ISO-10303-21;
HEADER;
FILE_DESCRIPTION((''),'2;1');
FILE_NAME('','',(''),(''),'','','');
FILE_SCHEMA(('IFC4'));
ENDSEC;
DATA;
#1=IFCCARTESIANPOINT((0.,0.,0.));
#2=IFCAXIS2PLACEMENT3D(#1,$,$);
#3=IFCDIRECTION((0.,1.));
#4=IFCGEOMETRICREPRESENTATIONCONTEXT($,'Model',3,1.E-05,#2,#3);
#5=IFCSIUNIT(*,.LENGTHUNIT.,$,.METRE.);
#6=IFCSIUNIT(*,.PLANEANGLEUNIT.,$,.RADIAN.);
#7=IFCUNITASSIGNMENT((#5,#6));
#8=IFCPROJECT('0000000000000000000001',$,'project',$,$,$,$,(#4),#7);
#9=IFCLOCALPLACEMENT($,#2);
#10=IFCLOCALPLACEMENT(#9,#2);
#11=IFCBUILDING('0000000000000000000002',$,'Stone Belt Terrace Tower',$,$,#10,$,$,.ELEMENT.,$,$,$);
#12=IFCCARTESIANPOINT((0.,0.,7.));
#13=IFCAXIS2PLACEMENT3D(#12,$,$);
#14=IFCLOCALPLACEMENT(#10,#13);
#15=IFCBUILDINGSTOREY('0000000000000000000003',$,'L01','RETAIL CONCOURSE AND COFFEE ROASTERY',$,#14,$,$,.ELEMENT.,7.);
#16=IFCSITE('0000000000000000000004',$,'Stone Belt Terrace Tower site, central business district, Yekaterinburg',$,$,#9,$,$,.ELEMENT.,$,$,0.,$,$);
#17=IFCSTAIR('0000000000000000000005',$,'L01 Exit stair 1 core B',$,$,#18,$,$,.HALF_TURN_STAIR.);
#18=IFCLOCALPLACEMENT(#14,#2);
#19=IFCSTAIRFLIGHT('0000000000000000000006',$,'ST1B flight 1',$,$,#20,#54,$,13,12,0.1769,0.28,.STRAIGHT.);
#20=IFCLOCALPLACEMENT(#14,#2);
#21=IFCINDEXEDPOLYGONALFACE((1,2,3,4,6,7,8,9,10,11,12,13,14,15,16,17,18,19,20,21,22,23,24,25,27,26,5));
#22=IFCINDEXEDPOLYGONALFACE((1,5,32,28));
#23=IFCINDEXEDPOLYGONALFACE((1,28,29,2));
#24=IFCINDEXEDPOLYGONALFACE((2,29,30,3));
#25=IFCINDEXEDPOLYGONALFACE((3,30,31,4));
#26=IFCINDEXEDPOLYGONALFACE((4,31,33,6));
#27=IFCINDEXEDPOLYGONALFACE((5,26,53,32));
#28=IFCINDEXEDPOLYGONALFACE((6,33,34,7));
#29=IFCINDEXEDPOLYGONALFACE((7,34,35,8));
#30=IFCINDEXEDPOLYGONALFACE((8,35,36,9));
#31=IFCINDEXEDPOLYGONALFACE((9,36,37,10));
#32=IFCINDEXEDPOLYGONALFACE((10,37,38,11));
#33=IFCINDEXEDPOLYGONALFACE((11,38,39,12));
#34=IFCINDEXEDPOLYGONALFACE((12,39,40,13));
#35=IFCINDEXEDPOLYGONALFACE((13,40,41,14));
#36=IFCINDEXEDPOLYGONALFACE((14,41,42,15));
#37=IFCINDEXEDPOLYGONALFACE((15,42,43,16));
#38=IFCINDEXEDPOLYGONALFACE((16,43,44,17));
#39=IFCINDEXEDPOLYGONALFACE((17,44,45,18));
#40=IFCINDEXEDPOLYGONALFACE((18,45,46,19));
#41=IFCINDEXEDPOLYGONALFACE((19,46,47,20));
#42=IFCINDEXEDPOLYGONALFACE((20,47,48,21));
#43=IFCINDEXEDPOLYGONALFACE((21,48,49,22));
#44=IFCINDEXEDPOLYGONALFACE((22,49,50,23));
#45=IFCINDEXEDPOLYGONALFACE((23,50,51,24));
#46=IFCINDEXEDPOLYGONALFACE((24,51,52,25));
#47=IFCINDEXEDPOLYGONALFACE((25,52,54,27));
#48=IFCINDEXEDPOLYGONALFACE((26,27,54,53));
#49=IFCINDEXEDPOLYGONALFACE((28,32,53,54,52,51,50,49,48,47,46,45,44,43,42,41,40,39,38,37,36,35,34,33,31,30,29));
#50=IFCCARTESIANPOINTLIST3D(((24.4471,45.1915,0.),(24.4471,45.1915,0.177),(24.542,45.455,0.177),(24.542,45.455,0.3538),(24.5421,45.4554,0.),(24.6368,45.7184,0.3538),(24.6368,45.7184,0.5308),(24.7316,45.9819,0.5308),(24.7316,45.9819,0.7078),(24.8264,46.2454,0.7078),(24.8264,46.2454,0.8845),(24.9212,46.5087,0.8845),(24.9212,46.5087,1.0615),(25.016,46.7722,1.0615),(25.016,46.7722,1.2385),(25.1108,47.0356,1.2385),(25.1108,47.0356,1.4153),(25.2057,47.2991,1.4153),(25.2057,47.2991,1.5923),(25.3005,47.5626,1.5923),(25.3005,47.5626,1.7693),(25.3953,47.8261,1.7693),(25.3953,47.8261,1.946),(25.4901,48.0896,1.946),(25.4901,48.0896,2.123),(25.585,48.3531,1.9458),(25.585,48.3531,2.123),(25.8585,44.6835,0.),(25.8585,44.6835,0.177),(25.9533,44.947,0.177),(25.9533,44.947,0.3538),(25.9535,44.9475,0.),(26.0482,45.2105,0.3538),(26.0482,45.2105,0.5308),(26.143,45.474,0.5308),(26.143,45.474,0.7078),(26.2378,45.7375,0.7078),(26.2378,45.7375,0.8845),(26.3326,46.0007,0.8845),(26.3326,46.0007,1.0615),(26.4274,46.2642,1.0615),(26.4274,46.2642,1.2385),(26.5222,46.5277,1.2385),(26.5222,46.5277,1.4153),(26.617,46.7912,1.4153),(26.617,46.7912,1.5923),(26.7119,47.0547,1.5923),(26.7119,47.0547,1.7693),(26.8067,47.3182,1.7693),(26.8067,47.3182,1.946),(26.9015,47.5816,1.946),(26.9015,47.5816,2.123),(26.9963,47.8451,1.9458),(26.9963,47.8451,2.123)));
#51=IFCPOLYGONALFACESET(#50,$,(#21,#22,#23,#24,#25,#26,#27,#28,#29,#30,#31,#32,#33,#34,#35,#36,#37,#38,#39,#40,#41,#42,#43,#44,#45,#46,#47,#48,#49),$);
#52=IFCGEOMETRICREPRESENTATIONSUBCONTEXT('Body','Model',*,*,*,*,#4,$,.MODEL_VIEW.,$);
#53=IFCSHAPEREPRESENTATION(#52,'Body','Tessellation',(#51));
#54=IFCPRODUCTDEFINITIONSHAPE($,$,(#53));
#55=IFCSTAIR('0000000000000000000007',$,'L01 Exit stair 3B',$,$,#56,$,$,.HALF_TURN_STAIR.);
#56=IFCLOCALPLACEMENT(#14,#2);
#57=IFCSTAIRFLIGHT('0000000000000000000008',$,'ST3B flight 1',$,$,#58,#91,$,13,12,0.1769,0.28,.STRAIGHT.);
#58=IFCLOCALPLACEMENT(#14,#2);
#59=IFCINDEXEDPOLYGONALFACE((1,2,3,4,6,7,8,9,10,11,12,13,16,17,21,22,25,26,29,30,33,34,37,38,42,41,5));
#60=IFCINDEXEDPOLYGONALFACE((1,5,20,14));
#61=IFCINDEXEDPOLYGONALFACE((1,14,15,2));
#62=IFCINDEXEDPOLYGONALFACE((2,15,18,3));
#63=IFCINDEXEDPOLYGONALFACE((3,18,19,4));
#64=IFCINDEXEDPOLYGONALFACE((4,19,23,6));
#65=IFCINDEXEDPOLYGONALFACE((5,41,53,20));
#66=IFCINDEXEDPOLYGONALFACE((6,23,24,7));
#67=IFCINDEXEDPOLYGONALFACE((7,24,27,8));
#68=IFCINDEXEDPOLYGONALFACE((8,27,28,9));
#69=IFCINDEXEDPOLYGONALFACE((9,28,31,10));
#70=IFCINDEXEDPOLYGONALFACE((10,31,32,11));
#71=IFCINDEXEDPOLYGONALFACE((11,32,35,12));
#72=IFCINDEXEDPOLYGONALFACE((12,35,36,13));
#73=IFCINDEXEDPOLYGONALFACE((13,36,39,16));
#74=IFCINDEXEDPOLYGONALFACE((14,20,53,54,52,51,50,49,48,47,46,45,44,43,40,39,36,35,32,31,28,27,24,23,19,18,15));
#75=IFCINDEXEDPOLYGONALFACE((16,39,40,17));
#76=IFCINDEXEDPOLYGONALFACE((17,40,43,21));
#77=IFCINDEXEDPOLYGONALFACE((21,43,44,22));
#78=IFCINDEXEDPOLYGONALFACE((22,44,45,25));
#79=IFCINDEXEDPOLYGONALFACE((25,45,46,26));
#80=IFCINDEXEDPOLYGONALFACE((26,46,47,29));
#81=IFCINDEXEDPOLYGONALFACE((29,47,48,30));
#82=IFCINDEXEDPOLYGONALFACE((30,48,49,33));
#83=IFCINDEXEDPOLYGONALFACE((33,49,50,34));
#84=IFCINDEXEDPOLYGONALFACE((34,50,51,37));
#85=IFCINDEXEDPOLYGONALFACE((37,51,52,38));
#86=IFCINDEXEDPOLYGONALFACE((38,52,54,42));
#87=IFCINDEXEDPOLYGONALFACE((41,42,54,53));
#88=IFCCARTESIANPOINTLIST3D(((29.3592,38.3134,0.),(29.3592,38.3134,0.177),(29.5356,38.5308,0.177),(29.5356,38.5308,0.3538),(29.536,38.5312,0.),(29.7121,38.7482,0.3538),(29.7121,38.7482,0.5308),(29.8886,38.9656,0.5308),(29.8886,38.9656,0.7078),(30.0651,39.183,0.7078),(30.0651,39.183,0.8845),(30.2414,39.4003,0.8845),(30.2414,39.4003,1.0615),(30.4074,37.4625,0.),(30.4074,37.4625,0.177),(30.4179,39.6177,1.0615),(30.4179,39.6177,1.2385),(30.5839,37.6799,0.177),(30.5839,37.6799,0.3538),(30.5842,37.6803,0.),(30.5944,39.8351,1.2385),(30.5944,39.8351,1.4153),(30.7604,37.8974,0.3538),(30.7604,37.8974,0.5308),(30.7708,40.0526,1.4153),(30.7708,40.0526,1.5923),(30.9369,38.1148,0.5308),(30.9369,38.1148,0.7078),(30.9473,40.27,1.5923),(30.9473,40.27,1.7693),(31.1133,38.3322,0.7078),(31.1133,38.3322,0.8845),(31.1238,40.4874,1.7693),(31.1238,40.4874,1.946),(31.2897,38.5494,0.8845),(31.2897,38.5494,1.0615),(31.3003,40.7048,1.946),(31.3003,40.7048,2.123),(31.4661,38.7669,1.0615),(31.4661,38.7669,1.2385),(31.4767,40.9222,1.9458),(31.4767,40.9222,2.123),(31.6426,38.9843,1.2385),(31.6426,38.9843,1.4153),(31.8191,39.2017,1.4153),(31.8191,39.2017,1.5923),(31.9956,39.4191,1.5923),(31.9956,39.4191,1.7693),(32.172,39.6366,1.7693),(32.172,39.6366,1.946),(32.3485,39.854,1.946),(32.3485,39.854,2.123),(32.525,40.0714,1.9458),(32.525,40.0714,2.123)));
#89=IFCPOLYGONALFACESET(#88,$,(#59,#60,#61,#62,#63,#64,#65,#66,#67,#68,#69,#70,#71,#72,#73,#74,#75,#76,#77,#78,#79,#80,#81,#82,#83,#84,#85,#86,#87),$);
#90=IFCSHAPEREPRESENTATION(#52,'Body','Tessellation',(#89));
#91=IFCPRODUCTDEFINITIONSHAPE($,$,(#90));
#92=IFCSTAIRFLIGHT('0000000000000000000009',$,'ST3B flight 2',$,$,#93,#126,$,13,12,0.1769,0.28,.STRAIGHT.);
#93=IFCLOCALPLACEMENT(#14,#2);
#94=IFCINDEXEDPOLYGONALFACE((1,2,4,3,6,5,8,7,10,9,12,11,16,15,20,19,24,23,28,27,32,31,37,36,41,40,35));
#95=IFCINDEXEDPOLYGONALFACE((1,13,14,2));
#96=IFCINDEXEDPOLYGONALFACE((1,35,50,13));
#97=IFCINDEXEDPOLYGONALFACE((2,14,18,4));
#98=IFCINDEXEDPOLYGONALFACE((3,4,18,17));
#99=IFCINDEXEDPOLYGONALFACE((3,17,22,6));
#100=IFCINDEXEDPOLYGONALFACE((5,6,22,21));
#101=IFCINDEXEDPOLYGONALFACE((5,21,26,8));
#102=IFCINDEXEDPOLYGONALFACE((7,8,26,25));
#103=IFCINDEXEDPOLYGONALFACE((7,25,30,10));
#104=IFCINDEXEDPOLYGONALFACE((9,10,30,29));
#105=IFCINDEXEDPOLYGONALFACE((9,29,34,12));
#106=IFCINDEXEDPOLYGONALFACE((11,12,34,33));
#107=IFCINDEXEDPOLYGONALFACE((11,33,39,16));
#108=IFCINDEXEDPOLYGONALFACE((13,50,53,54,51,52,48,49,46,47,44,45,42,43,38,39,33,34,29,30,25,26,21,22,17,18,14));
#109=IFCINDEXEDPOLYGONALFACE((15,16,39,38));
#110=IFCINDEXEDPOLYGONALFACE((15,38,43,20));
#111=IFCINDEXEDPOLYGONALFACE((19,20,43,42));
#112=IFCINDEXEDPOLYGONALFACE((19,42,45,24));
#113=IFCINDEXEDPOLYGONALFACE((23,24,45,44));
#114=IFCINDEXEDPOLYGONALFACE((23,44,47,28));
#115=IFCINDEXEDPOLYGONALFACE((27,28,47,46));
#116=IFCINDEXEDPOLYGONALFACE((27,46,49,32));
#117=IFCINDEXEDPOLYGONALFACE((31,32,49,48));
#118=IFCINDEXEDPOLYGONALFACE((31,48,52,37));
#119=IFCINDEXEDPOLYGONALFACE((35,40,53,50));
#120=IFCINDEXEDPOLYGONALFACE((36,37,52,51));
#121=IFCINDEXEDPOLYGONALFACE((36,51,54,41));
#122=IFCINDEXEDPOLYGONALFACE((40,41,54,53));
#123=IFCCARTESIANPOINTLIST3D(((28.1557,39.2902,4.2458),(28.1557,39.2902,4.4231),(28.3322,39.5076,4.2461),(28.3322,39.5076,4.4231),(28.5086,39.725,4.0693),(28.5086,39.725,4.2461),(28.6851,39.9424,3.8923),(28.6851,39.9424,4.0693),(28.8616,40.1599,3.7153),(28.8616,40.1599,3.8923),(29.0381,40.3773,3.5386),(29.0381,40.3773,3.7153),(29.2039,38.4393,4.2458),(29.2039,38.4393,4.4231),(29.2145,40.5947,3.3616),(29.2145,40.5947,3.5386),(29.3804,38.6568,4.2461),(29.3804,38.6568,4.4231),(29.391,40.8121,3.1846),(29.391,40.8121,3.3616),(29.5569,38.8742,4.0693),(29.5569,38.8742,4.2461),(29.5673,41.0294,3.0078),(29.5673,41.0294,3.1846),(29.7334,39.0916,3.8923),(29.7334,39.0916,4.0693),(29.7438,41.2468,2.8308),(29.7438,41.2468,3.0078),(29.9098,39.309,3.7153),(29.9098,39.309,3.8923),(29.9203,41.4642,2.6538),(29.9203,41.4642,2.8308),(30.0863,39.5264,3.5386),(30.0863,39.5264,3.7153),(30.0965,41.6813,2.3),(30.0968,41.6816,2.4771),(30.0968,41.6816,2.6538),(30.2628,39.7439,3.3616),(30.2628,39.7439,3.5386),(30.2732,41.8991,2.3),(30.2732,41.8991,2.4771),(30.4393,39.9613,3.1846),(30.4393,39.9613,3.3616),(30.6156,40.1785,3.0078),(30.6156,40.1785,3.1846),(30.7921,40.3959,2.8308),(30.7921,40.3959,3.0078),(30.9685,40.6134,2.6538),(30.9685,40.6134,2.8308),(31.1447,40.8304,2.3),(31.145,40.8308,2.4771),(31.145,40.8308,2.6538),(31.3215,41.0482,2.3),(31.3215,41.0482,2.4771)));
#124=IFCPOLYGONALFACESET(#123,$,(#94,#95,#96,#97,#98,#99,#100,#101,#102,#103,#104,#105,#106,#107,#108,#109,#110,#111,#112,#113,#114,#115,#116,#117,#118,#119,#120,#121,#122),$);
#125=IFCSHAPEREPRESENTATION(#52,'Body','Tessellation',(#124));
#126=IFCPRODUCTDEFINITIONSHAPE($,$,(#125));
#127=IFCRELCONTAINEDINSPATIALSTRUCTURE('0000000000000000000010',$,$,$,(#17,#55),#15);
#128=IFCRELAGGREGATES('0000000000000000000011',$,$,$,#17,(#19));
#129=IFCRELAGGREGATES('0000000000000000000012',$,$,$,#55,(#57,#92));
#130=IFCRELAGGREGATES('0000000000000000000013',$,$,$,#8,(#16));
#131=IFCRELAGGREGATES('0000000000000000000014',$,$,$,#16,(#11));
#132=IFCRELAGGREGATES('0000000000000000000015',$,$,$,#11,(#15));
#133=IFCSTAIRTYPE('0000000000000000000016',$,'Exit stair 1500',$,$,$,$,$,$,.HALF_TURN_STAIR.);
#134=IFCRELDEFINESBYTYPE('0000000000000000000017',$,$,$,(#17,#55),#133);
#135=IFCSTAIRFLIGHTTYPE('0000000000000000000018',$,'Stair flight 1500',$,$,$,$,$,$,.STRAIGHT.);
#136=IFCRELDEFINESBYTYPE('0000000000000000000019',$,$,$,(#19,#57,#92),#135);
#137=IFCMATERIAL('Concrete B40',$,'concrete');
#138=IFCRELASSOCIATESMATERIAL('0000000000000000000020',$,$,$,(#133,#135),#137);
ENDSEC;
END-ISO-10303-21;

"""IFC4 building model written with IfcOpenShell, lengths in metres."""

from ifc_helpers import new_model, si_unit, direction, frame, origin, place, context, subcontext, project, spatial, polyline, outline, extrude, material, type_object, element, aggregate, save


model = new_model("IFC4")

# Units and contexts
model_context = context("Model", 3, precision=1e-05, world=origin(), true_north=direction((0.0, 1.0)))
body_context = subcontext(model_context, "Body", "Model", "MODEL_VIEW")
ifc_project = project(units=[si_unit("LENGTHUNIT", "METRE"), si_unit("PLANEANGLEUNIT", "RADIAN")], contexts=[model_context])

# Site, building, storey
site_placement = place(None, origin())
site = spatial("IfcSite", under=ifc_project, at=site_placement, Name="Stone Belt Terrace Tower site, central business district, Yekaterinburg", CompositionType="ELEMENT", RefElevation=0.0)
building_placement = place(site_placement, origin())
building = spatial("IfcBuilding", under=site, at=building_placement, Name="Stone Belt Terrace Tower", CompositionType="ELEMENT")
storey_placement = place(building_placement, frame((0.0, 0.0, 7.0)))
storey = spatial("IfcBuildingStorey", under=building, at=storey_placement, Name="L01", Description="RETAIL CONCOURSE AND COFFEE ROASTERY", CompositionType="ELEMENT", Elevation=7.0)

# Stair, stair flight
ifc_material_1 = material(Name="Concrete B40", Category="concrete")
stair_type = type_object("IfcStairType", Name="Exit stair 1500", PredefinedType="HALF_TURN_STAIR", material=ifc_material_1)
stair_1_placement = place(storey_placement, origin())
stair_1 = element("IfcStair", 1, at=stair_1_placement, inside=storey, type_object=stair_type, Name="L01 Exit stair 1 core B", PredefinedType="HALF_TURN_STAIR")
stair_flight_type = type_object("IfcStairFlightType", Name="Stair flight 1500", PredefinedType="STRAIGHT", material=ifc_material_1)
stair_flight_1_placement = place(storey_placement, frame((25.1528, 44.9375, 0.0), z_axis=(0.0, 0.0, 1.0), x_axis=(0.338624, 0.940922, 0.0)))
stair_flight_1 = element("IfcStairFlight", 2, at=stair_flight_1_placement, type_object=stair_flight_type, Name="ST1B flight 1", NumberOfRisers=13, NumberOfTreads=12, PredefinedType="STRAIGHT", RiserHeight=0.1769, TreadLength=0.28, context=body_context, shape_type="SweptSolid", body=[
    extrude(outline(polyline([(0.0, 0.0), (0.0, 0.177), (0.28, 0.177), (0.28, 0.3538), (0.5601, 0.3538), (0.5601, 0.5308), (0.8401, 0.5308), (0.8401, 0.7078), (1.1201, 0.7078), (1.1201, 0.8845), (1.3999, 0.8845), (1.3999, 1.0615), (1.6799, 1.0615), (1.6799, 1.2385), (1.96, 1.2385), (1.96, 1.4153), (2.24, 1.4153), (2.24, 1.5923), (2.52, 1.5923), (2.52, 1.7693), (2.8, 1.7693), (2.8, 1.946), (3.0801, 1.946), (3.0801, 2.123), (3.3601, 2.123), (3.3601, 2.3), (3.3601, 1.9458), (0.2805, 0.0), (0.0, 0.0)])), frame((0.0, 0.75, 0.0), z_axis=(0.0, -1.0, 0.0), x_axis=(1.0, 0.0, 0.0)), (0.0, 0.0, 1.0), 1.5),
])
aggregate(stair_1, [stair_flight_1])

# Stair, stair flights
stair_2_placement = place(storey_placement, origin())
stair_2 = element("IfcStair", 3, at=stair_2_placement, inside=storey, type_object=stair_type, Name="L01 Exit stair 3B", PredefinedType="HALF_TURN_STAIR")
stair_flight_2_placement = place(storey_placement, frame((29.8833, 37.8879, 0.0), z_axis=(0.0, 0.0, 1.0), x_axis=(0.630206, 0.776428, 0.0)))
stair_flight_2 = element("IfcStairFlight", 4, at=stair_flight_2_placement, type_object=stair_flight_type, Name="ST3B flight 1", NumberOfRisers=13, NumberOfTreads=12, PredefinedType="STRAIGHT", RiserHeight=0.1769, TreadLength=0.28, context=body_context, shape_type="SweptSolid", body=[
    extrude(outline(polyline([(0.0, 0.0), (0.0, 0.177), (0.28, 0.177), (0.28, 0.3538), (0.5601, 0.3538), (0.5601, 0.5308), (0.8401, 0.5308), (0.8401, 0.7078), (1.1201, 0.7078), (1.1201, 0.8845), (1.3999, 0.8845), (1.3999, 1.0615), (1.6799, 1.0615), (1.6799, 1.2385), (1.96, 1.2385), (1.96, 1.4153), (2.24, 1.4153), (2.24, 1.5923), (2.52, 1.5923), (2.52, 1.7693), (2.8, 1.7693), (2.8, 1.946), (3.0801, 1.946), (3.0801, 2.123), (3.3601, 2.123), (3.3601, 2.3), (3.3601, 1.9458), (0.2805, 0.0), (0.0, 0.0)])), frame((0.0, 0.675, 0.0), z_axis=(0.0, -1.0, 0.0), x_axis=(1.0, 0.0, 0.0)), (0.0, 0.0, 1.0), 1.3501),
])
stair_flight_3_placement = place(storey_placement, frame((30.7974, 41.4736, 2.3), z_axis=(0.0, 0.0, 1.0), x_axis=(-0.630206, -0.776428, 0.0)))
stair_flight_3 = element("IfcStairFlight", 5, at=stair_flight_3_placement, type_object=stair_flight_type, Name="ST3B flight 2", NumberOfRisers=13, NumberOfTreads=12, PredefinedType="STRAIGHT", RiserHeight=0.1769, TreadLength=0.28, context=body_context, shape_type="SweptSolid", body=[
    extrude(outline(polyline([(0.0, 0.0), (0.0, 0.177), (0.28, 0.177), (0.28, 0.3538), (0.5601, 0.3538), (0.5601, 0.5308), (0.8401, 0.5308), (0.8401, 0.7078), (1.1201, 0.7078), (1.1201, 0.8845), (1.3999, 0.8845), (1.3999, 1.0615), (1.6799, 1.0615), (1.6799, 1.2385), (1.96, 1.2385), (1.96, 1.4153), (2.24, 1.4153), (2.24, 1.5923), (2.52, 1.5923), (2.52, 1.7693), (2.8, 1.7693), (2.8, 1.946), (3.0801, 1.946), (3.0801, 2.123), (3.3601, 2.123), (3.3601, 2.3), (3.3601, 1.9458), (0.2805, 0.0), (0.0, 0.0)])), frame((0.0, 0.675, 0.0), z_axis=(0.0, -1.0, 0.0), x_axis=(1.0, 0.0, 0.0)), (0.0, 0.0, 1.0), 1.3501),
])
aggregate(stair_2, [stair_flight_2, stair_flight_3])

save(model, "model.ifc")
